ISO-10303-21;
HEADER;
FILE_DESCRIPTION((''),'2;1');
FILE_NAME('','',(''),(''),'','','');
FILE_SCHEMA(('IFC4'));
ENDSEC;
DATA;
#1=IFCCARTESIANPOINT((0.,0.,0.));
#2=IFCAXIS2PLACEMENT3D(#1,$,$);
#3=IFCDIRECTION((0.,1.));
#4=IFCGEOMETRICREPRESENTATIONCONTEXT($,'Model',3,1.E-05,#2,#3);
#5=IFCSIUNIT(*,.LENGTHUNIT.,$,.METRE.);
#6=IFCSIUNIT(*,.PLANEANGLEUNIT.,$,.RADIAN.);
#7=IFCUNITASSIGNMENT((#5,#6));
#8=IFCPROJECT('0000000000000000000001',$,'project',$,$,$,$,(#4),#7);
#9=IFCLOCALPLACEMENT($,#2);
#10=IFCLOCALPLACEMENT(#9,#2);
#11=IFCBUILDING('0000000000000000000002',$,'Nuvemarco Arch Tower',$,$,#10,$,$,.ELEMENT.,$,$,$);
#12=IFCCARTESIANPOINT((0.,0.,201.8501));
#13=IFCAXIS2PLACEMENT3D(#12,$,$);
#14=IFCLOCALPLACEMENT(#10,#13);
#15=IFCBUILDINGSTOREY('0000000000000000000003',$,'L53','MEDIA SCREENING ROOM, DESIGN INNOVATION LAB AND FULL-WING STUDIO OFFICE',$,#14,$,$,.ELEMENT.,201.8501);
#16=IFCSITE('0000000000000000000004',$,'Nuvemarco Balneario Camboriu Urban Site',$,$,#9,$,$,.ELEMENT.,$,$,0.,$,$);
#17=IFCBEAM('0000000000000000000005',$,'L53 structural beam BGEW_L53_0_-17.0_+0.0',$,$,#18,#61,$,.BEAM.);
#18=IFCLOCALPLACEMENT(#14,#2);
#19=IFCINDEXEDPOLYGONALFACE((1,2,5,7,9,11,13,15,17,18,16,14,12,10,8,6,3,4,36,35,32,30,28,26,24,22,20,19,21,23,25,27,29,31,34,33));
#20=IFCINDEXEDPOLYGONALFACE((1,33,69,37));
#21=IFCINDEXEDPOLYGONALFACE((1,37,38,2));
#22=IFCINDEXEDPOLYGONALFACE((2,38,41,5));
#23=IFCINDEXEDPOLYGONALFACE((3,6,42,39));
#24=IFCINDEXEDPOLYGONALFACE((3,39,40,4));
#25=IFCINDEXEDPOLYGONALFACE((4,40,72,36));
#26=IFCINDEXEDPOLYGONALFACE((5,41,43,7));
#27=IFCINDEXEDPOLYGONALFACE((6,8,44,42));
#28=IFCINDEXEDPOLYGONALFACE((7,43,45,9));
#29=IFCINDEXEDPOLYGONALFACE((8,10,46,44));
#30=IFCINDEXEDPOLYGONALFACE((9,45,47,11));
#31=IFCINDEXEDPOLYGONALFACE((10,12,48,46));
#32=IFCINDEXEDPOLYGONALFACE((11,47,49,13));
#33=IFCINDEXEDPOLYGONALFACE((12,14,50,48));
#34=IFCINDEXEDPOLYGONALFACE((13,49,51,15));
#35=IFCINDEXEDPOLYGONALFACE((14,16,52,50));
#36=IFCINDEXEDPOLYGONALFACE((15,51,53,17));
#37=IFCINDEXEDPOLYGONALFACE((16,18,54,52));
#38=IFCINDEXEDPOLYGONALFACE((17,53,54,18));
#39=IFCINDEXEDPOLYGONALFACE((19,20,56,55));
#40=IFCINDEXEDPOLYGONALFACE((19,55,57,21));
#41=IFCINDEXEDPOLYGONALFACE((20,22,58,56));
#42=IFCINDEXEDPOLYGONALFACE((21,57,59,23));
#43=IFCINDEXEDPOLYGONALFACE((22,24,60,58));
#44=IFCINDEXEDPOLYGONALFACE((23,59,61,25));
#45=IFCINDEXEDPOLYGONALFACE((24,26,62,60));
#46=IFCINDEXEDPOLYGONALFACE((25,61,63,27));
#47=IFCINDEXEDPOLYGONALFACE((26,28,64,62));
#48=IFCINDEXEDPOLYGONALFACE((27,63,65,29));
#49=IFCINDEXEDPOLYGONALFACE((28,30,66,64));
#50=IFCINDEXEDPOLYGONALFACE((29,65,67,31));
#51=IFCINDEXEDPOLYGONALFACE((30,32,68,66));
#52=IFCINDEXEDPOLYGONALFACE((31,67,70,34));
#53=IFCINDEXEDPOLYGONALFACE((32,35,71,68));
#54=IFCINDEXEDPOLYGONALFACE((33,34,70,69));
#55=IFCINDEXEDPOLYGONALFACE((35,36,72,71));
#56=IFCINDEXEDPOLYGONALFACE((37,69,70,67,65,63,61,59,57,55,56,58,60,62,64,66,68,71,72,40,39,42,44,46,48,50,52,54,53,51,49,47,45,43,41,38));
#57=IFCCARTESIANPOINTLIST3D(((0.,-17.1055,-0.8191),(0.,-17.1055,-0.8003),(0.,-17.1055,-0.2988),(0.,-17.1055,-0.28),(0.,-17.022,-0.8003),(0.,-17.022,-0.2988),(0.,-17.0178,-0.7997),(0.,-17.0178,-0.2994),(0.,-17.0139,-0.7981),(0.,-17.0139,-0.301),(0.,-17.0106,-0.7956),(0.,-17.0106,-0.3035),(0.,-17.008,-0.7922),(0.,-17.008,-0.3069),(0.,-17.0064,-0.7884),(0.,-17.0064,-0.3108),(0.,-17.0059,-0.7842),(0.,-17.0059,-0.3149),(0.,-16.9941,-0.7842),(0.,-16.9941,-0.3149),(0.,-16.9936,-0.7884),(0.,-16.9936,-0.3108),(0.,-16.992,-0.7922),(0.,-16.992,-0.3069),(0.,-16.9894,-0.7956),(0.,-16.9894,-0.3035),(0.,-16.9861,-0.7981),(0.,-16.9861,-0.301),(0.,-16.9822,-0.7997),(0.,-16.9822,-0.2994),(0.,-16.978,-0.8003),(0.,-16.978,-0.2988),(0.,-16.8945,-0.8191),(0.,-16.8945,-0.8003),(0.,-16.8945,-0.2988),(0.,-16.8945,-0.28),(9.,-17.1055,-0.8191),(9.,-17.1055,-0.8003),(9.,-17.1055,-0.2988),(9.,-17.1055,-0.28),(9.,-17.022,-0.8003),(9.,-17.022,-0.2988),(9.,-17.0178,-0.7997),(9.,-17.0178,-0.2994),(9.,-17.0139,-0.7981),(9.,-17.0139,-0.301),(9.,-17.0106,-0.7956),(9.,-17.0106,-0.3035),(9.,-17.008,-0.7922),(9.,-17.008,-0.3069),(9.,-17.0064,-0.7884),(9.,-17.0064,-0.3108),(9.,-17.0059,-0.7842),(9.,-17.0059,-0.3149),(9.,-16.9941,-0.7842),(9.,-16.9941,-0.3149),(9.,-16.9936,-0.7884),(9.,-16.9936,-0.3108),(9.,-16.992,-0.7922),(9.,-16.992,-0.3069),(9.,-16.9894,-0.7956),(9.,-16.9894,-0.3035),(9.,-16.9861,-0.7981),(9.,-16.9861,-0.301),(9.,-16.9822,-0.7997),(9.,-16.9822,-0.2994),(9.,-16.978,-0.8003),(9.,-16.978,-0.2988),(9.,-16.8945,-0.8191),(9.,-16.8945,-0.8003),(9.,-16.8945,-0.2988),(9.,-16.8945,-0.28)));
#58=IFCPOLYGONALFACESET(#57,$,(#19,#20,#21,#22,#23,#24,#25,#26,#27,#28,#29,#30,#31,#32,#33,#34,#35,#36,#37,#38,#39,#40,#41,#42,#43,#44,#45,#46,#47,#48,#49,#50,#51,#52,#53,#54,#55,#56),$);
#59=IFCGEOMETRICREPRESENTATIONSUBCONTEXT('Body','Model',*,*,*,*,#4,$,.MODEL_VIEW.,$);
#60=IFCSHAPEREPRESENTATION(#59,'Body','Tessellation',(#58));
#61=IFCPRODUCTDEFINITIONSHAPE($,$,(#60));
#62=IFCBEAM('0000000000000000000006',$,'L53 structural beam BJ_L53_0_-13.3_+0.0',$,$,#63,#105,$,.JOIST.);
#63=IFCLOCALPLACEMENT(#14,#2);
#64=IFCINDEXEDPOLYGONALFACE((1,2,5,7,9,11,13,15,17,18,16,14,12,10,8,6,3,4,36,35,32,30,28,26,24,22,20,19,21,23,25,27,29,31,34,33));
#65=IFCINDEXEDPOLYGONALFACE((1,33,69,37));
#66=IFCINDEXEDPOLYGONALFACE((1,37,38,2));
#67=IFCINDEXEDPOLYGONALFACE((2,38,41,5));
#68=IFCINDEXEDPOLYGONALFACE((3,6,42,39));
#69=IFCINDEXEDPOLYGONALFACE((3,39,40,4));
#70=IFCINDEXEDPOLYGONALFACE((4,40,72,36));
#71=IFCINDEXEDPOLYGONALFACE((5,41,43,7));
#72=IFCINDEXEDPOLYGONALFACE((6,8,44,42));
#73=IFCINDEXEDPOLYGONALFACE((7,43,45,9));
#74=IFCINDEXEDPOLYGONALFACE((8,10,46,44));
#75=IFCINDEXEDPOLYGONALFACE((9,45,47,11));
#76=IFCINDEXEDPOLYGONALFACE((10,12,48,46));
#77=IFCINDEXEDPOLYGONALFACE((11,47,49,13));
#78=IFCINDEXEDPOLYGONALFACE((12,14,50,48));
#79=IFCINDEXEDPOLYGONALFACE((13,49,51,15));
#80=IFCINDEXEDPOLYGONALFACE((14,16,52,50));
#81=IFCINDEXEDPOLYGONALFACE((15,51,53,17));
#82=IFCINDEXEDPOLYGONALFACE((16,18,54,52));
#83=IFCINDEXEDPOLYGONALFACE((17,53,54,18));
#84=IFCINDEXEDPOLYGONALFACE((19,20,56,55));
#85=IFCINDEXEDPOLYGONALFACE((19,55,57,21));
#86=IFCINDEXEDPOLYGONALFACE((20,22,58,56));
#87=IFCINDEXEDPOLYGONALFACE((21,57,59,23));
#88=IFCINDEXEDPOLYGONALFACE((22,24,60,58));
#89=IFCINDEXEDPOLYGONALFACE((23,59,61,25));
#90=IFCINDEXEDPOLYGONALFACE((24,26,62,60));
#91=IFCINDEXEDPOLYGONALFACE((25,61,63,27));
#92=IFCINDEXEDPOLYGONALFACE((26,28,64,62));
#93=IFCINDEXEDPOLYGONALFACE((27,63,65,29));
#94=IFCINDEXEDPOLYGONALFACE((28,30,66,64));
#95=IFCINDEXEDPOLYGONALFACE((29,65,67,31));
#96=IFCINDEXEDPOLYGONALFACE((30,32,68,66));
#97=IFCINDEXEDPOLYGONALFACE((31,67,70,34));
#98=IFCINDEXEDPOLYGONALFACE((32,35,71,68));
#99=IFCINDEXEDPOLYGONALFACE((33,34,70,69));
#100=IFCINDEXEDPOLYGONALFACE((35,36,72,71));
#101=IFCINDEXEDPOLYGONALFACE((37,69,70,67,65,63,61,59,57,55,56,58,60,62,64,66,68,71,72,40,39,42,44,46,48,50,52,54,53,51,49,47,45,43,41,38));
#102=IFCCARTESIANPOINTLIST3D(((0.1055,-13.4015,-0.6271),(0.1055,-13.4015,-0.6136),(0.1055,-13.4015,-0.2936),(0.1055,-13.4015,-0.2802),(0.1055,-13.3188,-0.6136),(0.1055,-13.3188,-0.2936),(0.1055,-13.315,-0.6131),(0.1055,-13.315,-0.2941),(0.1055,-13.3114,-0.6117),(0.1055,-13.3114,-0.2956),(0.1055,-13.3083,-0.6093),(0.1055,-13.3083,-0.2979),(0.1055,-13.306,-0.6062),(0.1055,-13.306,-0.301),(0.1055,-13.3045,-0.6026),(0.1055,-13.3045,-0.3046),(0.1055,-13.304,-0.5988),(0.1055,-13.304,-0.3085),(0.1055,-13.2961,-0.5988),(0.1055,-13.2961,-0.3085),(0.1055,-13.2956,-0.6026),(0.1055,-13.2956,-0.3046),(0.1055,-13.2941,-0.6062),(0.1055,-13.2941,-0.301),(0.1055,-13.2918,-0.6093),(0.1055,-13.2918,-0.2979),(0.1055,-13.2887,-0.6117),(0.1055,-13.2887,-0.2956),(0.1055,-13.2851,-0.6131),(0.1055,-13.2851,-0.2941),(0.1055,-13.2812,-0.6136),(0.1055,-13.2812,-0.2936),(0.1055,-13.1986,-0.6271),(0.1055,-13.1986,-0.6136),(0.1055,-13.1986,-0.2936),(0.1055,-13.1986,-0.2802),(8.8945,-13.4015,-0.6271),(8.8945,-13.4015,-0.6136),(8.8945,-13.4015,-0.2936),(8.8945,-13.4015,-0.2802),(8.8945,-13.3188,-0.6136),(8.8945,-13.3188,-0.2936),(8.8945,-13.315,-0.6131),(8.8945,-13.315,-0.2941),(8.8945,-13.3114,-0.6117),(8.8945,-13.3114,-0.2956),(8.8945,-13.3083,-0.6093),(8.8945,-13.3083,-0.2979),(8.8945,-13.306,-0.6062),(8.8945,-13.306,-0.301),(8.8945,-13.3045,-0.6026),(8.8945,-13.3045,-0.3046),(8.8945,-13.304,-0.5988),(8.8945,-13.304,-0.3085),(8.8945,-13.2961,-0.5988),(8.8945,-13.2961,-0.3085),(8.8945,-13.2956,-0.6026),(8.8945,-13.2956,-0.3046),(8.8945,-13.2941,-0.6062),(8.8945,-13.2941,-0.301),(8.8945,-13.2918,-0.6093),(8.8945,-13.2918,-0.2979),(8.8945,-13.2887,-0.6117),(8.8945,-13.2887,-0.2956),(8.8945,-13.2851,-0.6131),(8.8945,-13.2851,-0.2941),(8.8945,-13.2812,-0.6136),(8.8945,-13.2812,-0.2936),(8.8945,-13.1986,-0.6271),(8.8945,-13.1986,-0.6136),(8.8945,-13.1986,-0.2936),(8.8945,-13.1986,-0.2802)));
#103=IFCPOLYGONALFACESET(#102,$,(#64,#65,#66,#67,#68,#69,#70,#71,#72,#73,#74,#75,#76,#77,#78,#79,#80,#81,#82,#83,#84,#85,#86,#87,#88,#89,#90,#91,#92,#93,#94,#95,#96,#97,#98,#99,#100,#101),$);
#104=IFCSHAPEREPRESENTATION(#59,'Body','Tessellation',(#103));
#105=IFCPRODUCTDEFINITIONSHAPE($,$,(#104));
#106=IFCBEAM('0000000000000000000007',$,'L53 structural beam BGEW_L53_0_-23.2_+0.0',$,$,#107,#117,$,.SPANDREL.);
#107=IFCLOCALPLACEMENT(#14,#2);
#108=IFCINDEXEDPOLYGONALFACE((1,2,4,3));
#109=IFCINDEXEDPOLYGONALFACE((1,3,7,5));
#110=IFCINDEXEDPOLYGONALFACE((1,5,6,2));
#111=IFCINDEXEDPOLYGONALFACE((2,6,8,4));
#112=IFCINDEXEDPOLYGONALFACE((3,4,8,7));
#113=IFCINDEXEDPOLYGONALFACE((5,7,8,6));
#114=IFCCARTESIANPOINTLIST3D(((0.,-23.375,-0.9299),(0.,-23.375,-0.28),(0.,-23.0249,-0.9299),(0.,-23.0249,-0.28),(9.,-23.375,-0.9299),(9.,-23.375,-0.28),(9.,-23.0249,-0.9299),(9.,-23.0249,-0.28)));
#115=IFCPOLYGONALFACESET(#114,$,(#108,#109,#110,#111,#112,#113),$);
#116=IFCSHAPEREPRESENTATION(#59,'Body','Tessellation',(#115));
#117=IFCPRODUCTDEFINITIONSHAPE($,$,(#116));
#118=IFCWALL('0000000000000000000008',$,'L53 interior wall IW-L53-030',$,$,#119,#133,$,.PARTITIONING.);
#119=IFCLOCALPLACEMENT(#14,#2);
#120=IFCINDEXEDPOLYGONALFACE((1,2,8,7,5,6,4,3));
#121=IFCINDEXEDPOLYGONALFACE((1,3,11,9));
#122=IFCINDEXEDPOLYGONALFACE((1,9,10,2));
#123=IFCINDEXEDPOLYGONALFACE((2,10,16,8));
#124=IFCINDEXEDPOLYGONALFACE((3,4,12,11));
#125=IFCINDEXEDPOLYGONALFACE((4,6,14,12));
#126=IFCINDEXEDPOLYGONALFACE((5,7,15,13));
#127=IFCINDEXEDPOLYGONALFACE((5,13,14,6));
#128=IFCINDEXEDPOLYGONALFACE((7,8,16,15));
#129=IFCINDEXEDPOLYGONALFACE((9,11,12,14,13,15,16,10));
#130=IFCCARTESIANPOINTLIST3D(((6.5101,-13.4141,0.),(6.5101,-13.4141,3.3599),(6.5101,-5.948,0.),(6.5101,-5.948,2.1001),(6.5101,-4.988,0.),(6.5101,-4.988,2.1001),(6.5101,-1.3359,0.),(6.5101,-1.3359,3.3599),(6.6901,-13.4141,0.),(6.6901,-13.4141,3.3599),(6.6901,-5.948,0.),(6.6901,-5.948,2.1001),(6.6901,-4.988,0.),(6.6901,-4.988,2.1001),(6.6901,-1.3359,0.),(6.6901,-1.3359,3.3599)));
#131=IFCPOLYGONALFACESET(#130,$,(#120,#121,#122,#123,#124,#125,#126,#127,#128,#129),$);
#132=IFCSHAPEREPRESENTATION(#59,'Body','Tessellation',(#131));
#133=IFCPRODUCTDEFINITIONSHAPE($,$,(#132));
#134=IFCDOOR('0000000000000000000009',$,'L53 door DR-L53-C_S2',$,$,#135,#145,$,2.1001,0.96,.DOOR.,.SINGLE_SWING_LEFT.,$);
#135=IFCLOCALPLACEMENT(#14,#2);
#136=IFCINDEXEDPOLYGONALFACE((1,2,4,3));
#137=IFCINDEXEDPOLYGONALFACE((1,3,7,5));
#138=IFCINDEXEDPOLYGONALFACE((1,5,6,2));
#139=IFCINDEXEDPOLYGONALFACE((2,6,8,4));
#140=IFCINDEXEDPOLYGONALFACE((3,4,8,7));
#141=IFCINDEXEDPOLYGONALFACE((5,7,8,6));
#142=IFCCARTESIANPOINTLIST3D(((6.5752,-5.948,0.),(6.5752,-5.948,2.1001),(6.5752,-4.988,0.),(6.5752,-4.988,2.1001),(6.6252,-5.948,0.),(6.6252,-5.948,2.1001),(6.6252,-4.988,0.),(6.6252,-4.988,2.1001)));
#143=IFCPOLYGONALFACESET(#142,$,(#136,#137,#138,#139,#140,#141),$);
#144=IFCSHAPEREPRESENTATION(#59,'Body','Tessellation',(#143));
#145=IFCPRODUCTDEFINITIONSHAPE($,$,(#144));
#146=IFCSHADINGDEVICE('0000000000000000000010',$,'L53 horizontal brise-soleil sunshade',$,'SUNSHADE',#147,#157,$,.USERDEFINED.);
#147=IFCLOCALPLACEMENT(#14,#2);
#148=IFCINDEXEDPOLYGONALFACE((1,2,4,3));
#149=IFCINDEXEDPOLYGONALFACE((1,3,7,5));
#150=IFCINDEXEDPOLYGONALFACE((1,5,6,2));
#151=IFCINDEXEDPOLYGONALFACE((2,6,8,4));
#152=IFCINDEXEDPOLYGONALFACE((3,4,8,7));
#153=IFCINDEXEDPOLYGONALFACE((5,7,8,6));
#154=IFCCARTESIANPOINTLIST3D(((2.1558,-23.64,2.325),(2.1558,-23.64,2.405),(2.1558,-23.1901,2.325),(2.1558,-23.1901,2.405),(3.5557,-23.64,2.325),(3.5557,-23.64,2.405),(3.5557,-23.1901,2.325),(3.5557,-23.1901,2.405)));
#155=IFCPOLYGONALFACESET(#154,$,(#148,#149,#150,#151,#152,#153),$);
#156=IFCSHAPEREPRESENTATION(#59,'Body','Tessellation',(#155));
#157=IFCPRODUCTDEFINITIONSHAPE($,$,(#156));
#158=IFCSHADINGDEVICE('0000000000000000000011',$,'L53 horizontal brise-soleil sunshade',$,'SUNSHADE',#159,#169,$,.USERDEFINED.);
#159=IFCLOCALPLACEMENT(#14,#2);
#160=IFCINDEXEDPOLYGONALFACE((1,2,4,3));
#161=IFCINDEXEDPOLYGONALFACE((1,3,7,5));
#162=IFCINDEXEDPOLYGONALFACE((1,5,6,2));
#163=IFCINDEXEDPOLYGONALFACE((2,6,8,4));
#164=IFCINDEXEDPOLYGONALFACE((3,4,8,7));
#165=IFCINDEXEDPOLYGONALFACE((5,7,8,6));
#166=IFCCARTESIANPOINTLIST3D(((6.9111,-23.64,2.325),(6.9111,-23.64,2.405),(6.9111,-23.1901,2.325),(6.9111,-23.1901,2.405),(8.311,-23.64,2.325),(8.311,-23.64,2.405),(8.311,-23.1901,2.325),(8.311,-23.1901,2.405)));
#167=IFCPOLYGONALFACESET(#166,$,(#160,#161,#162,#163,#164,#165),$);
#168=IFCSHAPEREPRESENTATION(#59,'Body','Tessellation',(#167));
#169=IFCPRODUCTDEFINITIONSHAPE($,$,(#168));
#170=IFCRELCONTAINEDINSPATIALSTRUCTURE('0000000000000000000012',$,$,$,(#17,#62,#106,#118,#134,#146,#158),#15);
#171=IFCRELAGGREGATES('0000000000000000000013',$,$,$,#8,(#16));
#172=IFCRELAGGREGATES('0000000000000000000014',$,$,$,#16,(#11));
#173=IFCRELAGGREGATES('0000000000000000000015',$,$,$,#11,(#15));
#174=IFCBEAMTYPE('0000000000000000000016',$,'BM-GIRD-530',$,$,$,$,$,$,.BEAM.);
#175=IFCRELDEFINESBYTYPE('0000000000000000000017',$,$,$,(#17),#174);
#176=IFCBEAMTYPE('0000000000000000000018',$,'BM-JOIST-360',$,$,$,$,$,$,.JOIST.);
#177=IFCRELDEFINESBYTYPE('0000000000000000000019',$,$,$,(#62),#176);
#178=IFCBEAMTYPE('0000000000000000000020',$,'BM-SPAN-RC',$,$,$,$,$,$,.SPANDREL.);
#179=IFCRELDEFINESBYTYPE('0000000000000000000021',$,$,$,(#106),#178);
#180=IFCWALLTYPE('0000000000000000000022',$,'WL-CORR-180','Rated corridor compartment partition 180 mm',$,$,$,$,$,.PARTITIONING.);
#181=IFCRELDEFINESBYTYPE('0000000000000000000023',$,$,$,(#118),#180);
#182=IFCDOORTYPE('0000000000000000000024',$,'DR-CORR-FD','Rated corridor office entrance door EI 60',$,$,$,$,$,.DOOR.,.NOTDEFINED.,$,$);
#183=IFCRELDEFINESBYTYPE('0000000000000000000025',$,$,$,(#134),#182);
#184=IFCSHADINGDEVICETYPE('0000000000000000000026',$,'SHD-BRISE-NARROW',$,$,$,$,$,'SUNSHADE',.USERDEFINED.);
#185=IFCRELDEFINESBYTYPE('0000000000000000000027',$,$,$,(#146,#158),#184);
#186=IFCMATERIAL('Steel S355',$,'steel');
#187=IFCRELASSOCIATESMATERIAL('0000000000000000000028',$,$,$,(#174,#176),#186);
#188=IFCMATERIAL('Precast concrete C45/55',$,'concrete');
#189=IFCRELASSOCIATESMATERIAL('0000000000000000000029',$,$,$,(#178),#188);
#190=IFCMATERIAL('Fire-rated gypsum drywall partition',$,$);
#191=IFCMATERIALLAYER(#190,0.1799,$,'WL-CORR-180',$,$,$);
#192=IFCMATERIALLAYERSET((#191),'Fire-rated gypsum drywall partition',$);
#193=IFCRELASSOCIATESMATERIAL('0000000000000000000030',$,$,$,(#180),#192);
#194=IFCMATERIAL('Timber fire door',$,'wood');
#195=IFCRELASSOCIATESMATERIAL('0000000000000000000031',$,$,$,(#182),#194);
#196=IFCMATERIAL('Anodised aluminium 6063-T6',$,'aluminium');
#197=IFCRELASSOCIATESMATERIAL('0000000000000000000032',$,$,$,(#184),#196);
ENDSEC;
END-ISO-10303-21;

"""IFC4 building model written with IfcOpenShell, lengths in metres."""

from ifc_helpers import new_model, si_unit, direction, frame, frame_2d, origin, origin_2d, place, context, subcontext, project, spatial, rectangle, i_section, extrude, source, transform, mapped, material, layer, layer_set, material_profile, profile_set, type_object, type_shapes, element, fill, save


model = new_model("IFC4")

# Units and contexts
model_context = context("Model", 3, precision=1e-05, world=origin(), true_north=direction((0.0, 1.0)))
body_context = subcontext(model_context, "Body", "Model", "MODEL_VIEW")
ifc_project = project(units=[si_unit("LENGTHUNIT", "METRE"), si_unit("PLANEANGLEUNIT", "RADIAN")], contexts=[model_context])

# Site, building, storey
site_placement = place(None, origin())
site = spatial("IfcSite", under=ifc_project, at=site_placement, Name="Nuvemarco Balneario Camboriu Urban Site", CompositionType="ELEMENT", RefElevation=0.0)
building_placement = place(site_placement, origin())
building = spatial("IfcBuilding", under=site, at=building_placement, Name="Nuvemarco Arch Tower", CompositionType="ELEMENT")
storey_placement = place(building_placement, frame((0.0, 0.0, 201.8501)))
storey = spatial("IfcBuildingStorey", under=building, at=storey_placement, Name="L53", Description="MEDIA SCREENING ROOM, DESIGN INNOVATION LAB AND FULL-WING STUDIO OFFICE", CompositionType="ELEMENT", Elevation=201.8501)

# Shared definitions
ifc_material_1 = material(Name="Steel S355", Category="steel")

# Beams
ifc_material_profile_1 = material_profile(ifc_material_1, i_section(OverallWidth=0.2109, OverallDepth=0.5391, WebThickness=0.0117, FlangeThickness=0.0188, FilletRadius=0.0161, at=origin_2d()), Name="W530x109")
ifc_profile_set_1 = profile_set([ifc_material_profile_1], Name="Steel S355")
beam_type_1 = type_object("IfcBeamType", Name="BM-GIRD-530", PredefinedType="BEAM", material=ifc_profile_set_1)
beam_1_placement = place(storey_placement, frame((0.0, -17.0, -0.5496), z_axis=(1.0, 0.0, 0.0), x_axis=(0.0, 1.0, 0.0)))
element("IfcBeam", 1, at=beam_1_placement, inside=storey, type_object=beam_type_1, Name="L53 structural beam BGEW_L53_0_-17.0_+0.0", PredefinedType="BEAM", context=body_context, shape_type="SweptSolid", body=[
    extrude(i_section(OverallWidth=0.2109, OverallDepth=0.5391, WebThickness=0.0117, FlangeThickness=0.0188, FilletRadius=0.0161, at=origin_2d()), origin(), (0.0, 0.0, 1.0), 9.0),
])
ifc_material_profile_2 = material_profile(ifc_material_1, i_section(OverallWidth=0.2029, OverallDepth=0.3469, WebThickness=0.0078, FlangeThickness=0.0134, FilletRadius=0.0149, at=origin_2d()), Name="W360x64")
ifc_profile_set_2 = profile_set([ifc_material_profile_2], Name="Steel S355")
beam_type_2 = type_object("IfcBeamType", Name="BM-JOIST-360", PredefinedType="JOIST", material=ifc_profile_set_2)
beam_2_placement = place(storey_placement, frame((0.1055, -13.3, -0.4536), z_axis=(1.0, 0.0, 0.0), x_axis=(0.0, 1.0, 0.0)))
element("IfcBeam", 2, at=beam_2_placement, inside=storey, type_object=beam_type_2, Name="L53 structural beam BJ_L53_0_-13.3_+0.0", PredefinedType="JOIST", context=body_context, shape_type="SweptSolid", body=[
    extrude(i_section(OverallWidth=0.2029, OverallDepth=0.3469, WebThickness=0.0078, FlangeThickness=0.0134, FilletRadius=0.0149, at=origin_2d()), origin(), (0.0, 0.0, 1.0), 8.7891),
])
ifc_material_2 = material(Name="Precast concrete C45/55", Category="concrete")
ifc_material_profile_3 = material_profile(ifc_material_2, rectangle(XDim=0.3501, YDim=0.6499, at=origin_2d()), Name="PC-SP-350x650")
ifc_profile_set_3 = profile_set([ifc_material_profile_3], Name="Precast concrete C45/55")
beam_type_3 = type_object("IfcBeamType", Name="BM-SPAN-RC", PredefinedType="SPANDREL", material=ifc_profile_set_3)
beam_3_placement = place(storey_placement, frame((0.0, -23.2, -0.605), z_axis=(1.0, 0.0, 0.0), x_axis=(0.0, 1.0, 0.0)))
element("IfcBeam", 3, at=beam_3_placement, inside=storey, type_object=beam_type_3, Name="L53 structural beam BGEW_L53_0_-23.2_+0.0", PredefinedType="SPANDREL", context=body_context, shape_type="SweptSolid", body=[
    extrude(rectangle(XDim=0.3501, YDim=0.6499, at=origin_2d()), origin(), (0.0, 0.0, 1.0), 9.0),
])

# Wall, opening, door
ifc_material_3 = material(Name="Fire-rated gypsum drywall partition")
ifc_layer = layer(ifc_material_3, 0.1799, Name="WL-CORR-180")
ifc_layer_set = layer_set([ifc_layer], Name="Fire-rated gypsum drywall partition")
wall_type = type_object("IfcWallType", Name="WL-CORR-180", Description="Rated corridor compartment partition 180 mm", PredefinedType="PARTITIONING", material=ifc_layer_set)
wall_placement = place(storey_placement, frame((6.6001, -13.4141, 0.0), z_axis=(0.0, 0.0, 1.0), x_axis=(0.0, 1.0, 0.0)))
wall = element("IfcWall", 4, at=wall_placement, inside=storey, type_object=wall_type, Name="L53 interior wall IW-L53-030", PredefinedType="PARTITIONING", context=body_context, shape_type="SweptSolid", body=[
    extrude(rectangle(XDim=12.0781, YDim=0.1799, at=frame_2d((6.0391, 0.0))), origin(), (0.0, 0.0, 1.0), 3.3599),
])
opening_placement = place(wall_placement, frame((7.4661, 0.0, 0.0)))
opening = element("IfcOpeningElement", 5, at=opening_placement, cuts=wall, PredefinedType="OPENING", context=body_context, shape_type="SweptSolid", body=[
    extrude(rectangle(XDim=0.96, YDim=2.1001, at=frame_2d((0.48, 1.05))), frame((0.0, 0.0999, 0.0), z_axis=(0.0, -1.0, 0.0), x_axis=(1.0, 0.0, 0.0)), (0.0, 0.0, 1.0), 0.2),
])
ifc_material_4 = material(Name="Timber fire door", Category="wood")
door_type = type_object("IfcDoorType", Name="DR-CORR-FD", Description="Rated corridor office entrance door EI 60", OperationType="NOTDEFINED", PredefinedType="DOOR", material=ifc_material_4)
shared_shape_1 = source(origin(), body_context, "Body", "SweptSolid", [
    extrude(rectangle(XDim=0.96, YDim=2.1001, at=frame_2d((0.48, 1.05))), frame((0.0, 0.0249, 0.0), z_axis=(0.0, -1.0, 0.0), x_axis=(1.0, 0.0, 0.0)), (0.0, 0.0, 1.0), 0.05),
])
type_shapes(door_type, [shared_shape_1])
door_placement = place(opening_placement, origin())
door = element("IfcDoor", 6, at=door_placement, inside=storey, type_object=door_type, Name="L53 door DR-L53-C_S2", OperationType="SINGLE_SWING_LEFT", OverallHeight=2.1001, OverallWidth=0.96, PredefinedType="DOOR", context=body_context, shape_type="MappedRepresentation", body=[
    mapped(shared_shape_1, transform((0.0, 0.0, 0.0), scale=1.0)),
])
fill(opening, door)

# Shading devices
ifc_material_5 = material(Name="Anodised aluminium 6063-T6", Category="aluminium")
shading_device_type = type_object("IfcShadingDeviceType", Name="SHD-BRISE-NARROW", ElementType="SUNSHADE", PredefinedType="USERDEFINED", material=ifc_material_5)
shared_shape_2 = source(origin(), body_context, "Body", "SweptSolid", [
    extrude(rectangle(XDim=1.3999, YDim=0.45, at=origin_2d()), origin(), (0.0, 0.0, 1.0), 0.0801),
])
type_shapes(shading_device_type, [shared_shape_2])
for number, where, z_axis, x_axis, name in (
    (7, (2.8557, -23.415, 2.325), (0.0, 0.0, 1.0), (1.0, 0.0, 0.0), "L53 horizontal brise-soleil sunshade"),
    (8, (7.6111, -23.415, 2.325), (0.0, 0.0, 1.0), (1.0, 0.0, 0.0), "L53 horizontal brise-soleil sunshade"),
):
    element("IfcShadingDevice", number, at=place(storey_placement, frame(where, z_axis=z_axis, x_axis=x_axis)), inside=storey, type_object=shading_device_type, Name=name, ObjectType="SUNSHADE", PredefinedType="USERDEFINED", context=body_context, shape_type="MappedRepresentation", body=[
        mapped(shared_shape_2, transform((0.0, 0.0, 0.0), scale=1.0)),
    ])

save(model, "model.ifc")
